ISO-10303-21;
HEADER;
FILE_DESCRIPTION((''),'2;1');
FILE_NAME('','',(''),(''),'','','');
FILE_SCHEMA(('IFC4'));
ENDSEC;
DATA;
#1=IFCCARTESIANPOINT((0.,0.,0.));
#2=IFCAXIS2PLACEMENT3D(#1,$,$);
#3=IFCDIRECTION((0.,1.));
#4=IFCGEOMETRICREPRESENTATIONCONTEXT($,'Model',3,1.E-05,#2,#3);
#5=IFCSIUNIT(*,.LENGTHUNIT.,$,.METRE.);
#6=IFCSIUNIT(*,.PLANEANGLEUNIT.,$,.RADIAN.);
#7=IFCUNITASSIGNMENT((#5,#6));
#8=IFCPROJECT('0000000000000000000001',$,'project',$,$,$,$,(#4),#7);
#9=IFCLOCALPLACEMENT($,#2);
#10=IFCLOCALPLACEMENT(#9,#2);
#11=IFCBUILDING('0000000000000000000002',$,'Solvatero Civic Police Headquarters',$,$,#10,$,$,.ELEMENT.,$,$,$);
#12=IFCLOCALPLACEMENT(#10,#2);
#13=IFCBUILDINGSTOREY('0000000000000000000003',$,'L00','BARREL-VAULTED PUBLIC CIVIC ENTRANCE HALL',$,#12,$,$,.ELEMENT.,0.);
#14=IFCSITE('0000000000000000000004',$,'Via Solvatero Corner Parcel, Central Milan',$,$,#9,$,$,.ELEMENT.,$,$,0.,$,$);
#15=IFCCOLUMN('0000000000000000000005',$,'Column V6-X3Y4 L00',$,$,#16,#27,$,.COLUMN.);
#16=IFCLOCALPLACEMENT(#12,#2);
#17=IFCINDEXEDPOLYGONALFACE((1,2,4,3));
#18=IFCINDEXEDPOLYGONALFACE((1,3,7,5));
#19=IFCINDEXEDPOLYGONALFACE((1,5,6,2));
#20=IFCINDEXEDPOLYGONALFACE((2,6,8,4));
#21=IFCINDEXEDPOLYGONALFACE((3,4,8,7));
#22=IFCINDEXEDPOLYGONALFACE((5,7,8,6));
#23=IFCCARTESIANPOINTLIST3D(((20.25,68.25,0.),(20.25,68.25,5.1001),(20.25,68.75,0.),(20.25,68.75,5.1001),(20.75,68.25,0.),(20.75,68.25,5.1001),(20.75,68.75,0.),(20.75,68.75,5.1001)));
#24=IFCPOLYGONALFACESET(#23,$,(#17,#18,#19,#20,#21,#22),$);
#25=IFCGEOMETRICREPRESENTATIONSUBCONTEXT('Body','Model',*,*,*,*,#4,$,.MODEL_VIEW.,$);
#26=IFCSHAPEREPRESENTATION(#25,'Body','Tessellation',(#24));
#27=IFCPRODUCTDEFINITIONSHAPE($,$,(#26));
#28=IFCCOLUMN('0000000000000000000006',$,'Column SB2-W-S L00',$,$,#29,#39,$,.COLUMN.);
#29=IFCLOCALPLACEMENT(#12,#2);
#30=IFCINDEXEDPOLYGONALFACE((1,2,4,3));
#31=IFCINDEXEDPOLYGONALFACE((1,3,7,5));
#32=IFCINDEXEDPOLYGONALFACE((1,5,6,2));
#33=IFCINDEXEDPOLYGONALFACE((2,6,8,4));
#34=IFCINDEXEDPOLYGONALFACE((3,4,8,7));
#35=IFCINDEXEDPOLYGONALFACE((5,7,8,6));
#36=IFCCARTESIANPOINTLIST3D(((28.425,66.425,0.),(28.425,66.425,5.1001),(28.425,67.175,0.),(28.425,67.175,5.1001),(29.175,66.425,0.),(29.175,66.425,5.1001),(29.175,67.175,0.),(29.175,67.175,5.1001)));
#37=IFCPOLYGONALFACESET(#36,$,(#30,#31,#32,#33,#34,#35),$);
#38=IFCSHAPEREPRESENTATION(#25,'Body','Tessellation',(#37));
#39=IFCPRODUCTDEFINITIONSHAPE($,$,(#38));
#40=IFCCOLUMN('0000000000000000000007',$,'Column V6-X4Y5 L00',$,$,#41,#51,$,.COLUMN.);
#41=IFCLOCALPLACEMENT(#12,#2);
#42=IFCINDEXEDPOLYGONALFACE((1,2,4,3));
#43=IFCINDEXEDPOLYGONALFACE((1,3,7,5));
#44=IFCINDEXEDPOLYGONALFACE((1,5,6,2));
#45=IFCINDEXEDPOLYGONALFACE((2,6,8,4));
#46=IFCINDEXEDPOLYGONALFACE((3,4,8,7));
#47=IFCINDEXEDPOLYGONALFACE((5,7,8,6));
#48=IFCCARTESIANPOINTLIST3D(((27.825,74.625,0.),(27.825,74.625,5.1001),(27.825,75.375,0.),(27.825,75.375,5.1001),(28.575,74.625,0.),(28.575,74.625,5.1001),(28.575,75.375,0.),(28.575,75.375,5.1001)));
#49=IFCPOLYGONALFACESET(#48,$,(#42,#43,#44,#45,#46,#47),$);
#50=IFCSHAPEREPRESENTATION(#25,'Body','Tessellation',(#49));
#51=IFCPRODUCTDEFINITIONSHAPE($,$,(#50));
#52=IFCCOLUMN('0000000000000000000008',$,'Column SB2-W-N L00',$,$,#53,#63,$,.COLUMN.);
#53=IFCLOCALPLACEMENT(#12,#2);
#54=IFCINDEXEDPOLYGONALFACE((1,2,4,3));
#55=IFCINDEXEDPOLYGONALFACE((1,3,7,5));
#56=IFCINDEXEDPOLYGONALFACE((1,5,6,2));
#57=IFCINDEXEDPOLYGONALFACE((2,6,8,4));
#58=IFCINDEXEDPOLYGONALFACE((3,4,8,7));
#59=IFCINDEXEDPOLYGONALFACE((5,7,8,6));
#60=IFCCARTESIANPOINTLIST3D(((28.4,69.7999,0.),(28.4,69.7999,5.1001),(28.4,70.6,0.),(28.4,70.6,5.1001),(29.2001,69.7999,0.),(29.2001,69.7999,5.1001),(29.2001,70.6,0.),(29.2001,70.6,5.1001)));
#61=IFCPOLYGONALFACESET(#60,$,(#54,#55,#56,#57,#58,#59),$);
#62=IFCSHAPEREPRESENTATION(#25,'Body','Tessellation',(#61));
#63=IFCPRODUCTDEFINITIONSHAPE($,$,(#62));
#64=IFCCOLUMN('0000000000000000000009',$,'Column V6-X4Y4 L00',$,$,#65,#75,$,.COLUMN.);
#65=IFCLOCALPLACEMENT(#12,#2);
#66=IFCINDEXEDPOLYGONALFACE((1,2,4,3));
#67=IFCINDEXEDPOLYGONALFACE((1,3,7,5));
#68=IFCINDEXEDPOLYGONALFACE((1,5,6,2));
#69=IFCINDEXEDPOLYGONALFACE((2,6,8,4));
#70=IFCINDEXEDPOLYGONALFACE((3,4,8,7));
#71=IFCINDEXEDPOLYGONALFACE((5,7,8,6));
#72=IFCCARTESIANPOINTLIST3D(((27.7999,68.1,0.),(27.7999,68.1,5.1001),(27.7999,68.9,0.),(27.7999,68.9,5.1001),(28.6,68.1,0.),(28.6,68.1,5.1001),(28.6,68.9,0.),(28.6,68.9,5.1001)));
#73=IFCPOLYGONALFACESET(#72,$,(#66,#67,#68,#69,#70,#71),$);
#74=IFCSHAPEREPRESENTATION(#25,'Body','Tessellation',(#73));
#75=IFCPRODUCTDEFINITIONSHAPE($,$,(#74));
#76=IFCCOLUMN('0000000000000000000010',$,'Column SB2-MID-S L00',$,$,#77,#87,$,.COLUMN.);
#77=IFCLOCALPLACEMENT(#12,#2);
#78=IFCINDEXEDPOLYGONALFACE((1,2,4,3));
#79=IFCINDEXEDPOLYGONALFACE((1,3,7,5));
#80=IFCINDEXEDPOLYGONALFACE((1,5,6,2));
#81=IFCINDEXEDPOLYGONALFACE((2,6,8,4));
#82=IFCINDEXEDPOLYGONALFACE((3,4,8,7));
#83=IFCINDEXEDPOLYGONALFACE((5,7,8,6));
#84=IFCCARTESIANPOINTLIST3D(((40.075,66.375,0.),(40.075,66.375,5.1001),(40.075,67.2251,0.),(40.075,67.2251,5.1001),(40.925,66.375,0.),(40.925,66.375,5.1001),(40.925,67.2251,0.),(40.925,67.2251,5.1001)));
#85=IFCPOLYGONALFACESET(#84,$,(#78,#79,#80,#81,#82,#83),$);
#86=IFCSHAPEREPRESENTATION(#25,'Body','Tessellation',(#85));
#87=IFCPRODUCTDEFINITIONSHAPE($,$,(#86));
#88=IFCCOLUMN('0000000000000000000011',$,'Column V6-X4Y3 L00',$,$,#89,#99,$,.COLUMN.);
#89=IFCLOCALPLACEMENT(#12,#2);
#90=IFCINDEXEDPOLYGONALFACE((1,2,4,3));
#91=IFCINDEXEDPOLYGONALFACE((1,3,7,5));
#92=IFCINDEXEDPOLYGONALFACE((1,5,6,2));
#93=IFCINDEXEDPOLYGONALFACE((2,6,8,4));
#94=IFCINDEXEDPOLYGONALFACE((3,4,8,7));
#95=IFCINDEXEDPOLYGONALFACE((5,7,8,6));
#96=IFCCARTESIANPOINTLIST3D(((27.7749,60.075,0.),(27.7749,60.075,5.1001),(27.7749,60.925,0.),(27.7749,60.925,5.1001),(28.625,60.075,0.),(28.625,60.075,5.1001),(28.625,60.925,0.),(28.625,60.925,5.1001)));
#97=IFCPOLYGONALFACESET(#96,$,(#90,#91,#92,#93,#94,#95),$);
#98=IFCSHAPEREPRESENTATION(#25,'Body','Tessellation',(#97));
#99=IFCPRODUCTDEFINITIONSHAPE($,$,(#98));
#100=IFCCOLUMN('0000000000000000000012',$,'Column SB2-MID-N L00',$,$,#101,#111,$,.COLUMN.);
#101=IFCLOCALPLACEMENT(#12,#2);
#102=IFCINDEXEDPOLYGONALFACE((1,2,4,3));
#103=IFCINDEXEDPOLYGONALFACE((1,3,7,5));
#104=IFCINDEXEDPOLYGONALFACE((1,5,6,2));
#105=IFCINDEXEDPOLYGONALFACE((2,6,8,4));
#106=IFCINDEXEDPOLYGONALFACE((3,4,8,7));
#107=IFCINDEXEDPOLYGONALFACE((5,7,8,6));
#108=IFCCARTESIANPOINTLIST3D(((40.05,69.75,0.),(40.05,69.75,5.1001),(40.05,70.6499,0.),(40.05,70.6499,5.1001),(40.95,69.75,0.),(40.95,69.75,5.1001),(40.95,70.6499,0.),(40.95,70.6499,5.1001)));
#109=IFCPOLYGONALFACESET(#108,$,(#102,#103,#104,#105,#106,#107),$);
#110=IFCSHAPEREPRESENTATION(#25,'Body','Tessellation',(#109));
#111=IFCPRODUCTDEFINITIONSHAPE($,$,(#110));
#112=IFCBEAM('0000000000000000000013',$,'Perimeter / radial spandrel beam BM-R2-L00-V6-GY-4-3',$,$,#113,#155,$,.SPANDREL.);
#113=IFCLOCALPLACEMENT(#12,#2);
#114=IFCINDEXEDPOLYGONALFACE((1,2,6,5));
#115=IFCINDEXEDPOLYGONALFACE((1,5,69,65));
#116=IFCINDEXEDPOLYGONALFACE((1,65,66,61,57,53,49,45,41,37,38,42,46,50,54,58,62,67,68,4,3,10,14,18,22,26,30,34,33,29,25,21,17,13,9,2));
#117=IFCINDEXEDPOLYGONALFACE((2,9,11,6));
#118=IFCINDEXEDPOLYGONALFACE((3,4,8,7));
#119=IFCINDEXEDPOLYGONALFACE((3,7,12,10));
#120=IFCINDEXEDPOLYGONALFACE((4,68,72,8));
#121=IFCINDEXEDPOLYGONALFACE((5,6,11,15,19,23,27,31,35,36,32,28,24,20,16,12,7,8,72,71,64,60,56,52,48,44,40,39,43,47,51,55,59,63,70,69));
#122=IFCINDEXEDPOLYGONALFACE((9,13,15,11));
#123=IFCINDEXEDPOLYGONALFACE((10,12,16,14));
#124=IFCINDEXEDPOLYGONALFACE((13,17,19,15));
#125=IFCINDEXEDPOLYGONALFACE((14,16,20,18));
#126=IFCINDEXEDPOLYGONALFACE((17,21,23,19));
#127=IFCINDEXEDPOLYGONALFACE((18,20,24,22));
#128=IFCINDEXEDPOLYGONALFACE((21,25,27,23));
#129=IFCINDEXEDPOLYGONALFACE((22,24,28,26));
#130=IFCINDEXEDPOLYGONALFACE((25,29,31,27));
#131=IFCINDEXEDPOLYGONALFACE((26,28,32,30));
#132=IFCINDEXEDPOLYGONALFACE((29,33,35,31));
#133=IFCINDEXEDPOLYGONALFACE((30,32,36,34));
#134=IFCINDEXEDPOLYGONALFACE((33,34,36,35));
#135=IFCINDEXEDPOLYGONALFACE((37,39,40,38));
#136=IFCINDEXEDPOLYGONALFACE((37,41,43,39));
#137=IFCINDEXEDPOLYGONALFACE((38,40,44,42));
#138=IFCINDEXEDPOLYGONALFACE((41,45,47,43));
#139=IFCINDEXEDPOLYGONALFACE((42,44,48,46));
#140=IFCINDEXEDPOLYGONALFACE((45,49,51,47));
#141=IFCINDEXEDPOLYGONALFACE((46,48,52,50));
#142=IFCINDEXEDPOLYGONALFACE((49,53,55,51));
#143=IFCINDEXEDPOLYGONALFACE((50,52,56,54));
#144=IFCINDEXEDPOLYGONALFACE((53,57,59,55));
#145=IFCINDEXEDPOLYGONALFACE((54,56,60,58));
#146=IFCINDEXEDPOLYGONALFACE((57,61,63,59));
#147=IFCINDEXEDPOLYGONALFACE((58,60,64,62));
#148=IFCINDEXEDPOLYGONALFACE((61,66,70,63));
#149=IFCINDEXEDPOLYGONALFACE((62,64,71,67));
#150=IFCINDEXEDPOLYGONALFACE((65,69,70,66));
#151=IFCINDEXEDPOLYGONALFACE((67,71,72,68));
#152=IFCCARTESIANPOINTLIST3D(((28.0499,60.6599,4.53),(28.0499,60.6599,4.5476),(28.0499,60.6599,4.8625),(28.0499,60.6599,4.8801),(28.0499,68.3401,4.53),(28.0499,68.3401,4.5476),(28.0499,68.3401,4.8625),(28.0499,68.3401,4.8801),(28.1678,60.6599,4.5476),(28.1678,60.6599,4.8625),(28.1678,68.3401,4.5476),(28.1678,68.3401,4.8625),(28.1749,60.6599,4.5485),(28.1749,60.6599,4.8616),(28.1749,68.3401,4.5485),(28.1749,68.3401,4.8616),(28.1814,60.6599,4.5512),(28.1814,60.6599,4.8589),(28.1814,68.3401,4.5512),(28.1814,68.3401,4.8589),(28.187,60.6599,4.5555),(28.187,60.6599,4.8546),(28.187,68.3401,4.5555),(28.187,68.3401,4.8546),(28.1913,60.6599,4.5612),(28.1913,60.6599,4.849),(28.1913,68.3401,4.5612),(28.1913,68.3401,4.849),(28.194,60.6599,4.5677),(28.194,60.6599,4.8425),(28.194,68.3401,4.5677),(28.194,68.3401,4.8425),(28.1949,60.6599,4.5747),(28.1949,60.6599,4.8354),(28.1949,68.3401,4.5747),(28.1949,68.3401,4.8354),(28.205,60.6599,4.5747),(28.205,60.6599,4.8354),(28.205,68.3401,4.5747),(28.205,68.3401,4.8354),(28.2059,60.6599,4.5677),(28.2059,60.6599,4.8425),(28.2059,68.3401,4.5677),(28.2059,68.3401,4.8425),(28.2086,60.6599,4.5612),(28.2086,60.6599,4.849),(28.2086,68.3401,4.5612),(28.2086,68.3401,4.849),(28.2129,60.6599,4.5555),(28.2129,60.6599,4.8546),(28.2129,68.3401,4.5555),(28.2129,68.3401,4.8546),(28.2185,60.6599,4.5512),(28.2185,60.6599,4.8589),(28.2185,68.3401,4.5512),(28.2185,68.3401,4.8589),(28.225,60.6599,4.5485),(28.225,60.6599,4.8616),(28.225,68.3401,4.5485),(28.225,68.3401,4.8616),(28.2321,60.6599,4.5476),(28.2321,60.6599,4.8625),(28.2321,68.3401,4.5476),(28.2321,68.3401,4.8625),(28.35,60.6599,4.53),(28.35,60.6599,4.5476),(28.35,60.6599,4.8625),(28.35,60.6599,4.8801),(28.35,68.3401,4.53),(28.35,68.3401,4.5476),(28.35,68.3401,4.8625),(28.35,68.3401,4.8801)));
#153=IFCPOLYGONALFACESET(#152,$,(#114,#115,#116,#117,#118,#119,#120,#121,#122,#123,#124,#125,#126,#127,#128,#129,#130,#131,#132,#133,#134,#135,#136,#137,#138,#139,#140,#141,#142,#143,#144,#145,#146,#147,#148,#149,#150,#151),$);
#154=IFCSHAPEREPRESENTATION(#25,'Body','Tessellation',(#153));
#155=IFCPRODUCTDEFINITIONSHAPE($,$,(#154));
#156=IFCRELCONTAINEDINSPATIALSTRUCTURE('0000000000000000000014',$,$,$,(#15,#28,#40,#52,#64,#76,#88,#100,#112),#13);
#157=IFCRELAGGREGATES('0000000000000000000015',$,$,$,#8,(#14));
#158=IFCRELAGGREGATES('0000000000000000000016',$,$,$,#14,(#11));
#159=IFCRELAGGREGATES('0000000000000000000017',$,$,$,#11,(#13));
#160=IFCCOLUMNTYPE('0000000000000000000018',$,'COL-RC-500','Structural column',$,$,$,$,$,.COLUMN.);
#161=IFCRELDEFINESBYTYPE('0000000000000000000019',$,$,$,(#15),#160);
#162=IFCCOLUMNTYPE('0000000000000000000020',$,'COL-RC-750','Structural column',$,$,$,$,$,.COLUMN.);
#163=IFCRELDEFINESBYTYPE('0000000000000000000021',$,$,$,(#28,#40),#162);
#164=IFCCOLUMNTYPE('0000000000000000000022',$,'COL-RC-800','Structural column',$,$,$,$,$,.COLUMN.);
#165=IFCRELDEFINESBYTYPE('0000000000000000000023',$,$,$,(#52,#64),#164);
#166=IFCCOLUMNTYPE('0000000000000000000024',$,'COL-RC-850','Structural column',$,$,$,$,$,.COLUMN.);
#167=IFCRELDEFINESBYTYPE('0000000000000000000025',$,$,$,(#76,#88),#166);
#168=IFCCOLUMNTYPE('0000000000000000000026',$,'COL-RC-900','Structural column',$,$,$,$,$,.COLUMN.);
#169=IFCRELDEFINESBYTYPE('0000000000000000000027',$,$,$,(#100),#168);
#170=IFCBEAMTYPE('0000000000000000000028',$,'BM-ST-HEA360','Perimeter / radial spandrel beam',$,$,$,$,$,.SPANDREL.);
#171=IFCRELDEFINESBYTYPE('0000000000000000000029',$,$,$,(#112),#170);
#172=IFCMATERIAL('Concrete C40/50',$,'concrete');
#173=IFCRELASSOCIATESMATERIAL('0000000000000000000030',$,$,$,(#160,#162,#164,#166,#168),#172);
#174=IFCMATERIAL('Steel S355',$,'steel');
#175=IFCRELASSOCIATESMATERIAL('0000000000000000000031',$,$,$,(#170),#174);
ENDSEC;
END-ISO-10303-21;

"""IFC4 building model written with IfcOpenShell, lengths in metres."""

from ifc_helpers import new_model, si_unit, direction, frame, origin, origin_2d, place, context, subcontext, project, spatial, rectangle, i_section, extrude, material, material_profile, profile_set, type_object, element, save


model = new_model("IFC4")

# Units and contexts
model_context = context("Model", 3, precision=1e-05, world=origin(), true_north=direction((0.0, 1.0)))
body_context = subcontext(model_context, "Body", "Model", "MODEL_VIEW")
ifc_project = project(units=[si_unit("LENGTHUNIT", "METRE"), si_unit("PLANEANGLEUNIT", "RADIAN")], contexts=[model_context])

# Site, building, storey
site_placement = place(None, origin())
site = spatial("IfcSite", under=ifc_project, at=site_placement, Name="Via Solvatero Corner Parcel, Central Milan", CompositionType="ELEMENT", RefElevation=0.0)
building_placement = place(site_placement, origin())
building = spatial("IfcBuilding", under=site, at=building_placement, Name="Solvatero Civic Police Headquarters", CompositionType="ELEMENT")
storey_placement = place(building_placement, origin())
storey = spatial("IfcBuildingStorey", under=building, at=storey_placement, Name="L00", Description="BARREL-VAULTED PUBLIC CIVIC ENTRANCE HALL", CompositionType="ELEMENT", Elevation=0.0)

# Columns
ifc_material_1 = material(Name="Concrete C40/50", Category="concrete")
ifc_material_profile_1 = material_profile(ifc_material_1, rectangle(XDim=0.5, YDim=0.5, at=origin_2d()), Name="RC 500x500")
ifc_profile_set_1 = profile_set([ifc_material_profile_1], Name="Concrete C40/50")
column_type_1 = type_object("IfcColumnType", Name="COL-RC-500", Description="Structural column", PredefinedType="COLUMN", material=ifc_profile_set_1)
column_1_placement = place(storey_placement, frame((20.5, 68.5, 0.0), z_axis=(0.0, 0.0, 1.0), x_axis=(1.0, 0.0, 0.0)))
element("IfcColumn", 1, at=column_1_placement, inside=storey, type_object=column_type_1, Name="Column V6-X3Y4 L00", PredefinedType="COLUMN", context=body_context, shape_type="SweptSolid", body=[
    extrude(rectangle(XDim=0.5, YDim=0.5, at=origin_2d()), origin(), (0.0, 0.0, 1.0), 5.1001),
])
ifc_material_profile_2 = material_profile(ifc_material_1, rectangle(XDim=0.75, YDim=0.75, at=origin_2d()), Name="RC 750x750")
ifc_profile_set_2 = profile_set([ifc_material_profile_2], Name="Concrete C40/50")
column_type_2 = type_object("IfcColumnType", Name="COL-RC-750", Description="Structural column", PredefinedType="COLUMN", material=ifc_profile_set_2)
for number, where, z_axis, x_axis, name in (
    (2, (28.8, 66.8, 0.0), (0.0, 0.0, 1.0), (1.0, 0.0, 0.0), "Column SB2-W-S L00"),
    (3, (28.2, 75.0, 0.0), (0.0, 0.0, 1.0), (1.0, 0.0, 0.0), "Column V6-X4Y5 L00"),
):
    element("IfcColumn", number, at=place(storey_placement, frame(where, z_axis=z_axis, x_axis=x_axis)), inside=storey, type_object=column_type_2, Name=name, PredefinedType="COLUMN", context=body_context, shape_type="SweptSolid", body=[
        extrude(rectangle(XDim=0.75, YDim=0.75, at=origin_2d()), origin(), (0.0, 0.0, 1.0), 5.1001),
    ])
ifc_material_profile_3 = material_profile(ifc_material_1, rectangle(XDim=0.8, YDim=0.8, at=origin_2d()), Name="RC 800x800")
ifc_profile_set_3 = profile_set([ifc_material_profile_3], Name="Concrete C40/50")
column_type_3 = type_object("IfcColumnType", Name="COL-RC-800", Description="Structural column", PredefinedType="COLUMN", material=ifc_profile_set_3)
for number, where, z_axis, x_axis, name in (
    (4, (28.8, 70.2, 0.0), (0.0, 0.0, 1.0), (1.0, 0.0, 0.0), "Column SB2-W-N L00"),
    (5, (28.2, 68.5, 0.0), (0.0, 0.0, 1.0), (1.0, 0.0, 0.0), "Column V6-X4Y4 L00"),
):
    element("IfcColumn", number, at=place(storey_placement, frame(where, z_axis=z_axis, x_axis=x_axis)), inside=storey, type_object=column_type_3, Name=name, PredefinedType="COLUMN", context=body_context, shape_type="SweptSolid", body=[
        extrude(rectangle(XDim=0.8, YDim=0.8, at=origin_2d()), origin(), (0.0, 0.0, 1.0), 5.1001),
    ])
ifc_material_profile_4 = material_profile(ifc_material_1, rectangle(XDim=0.8501, YDim=0.8501, at=origin_2d()), Name="RC 850x850")
ifc_profile_set_4 = profile_set([ifc_material_profile_4], Name="Concrete C40/50")
column_type_4 = type_object("IfcColumnType", Name="COL-RC-850", Description="Structural column", PredefinedType="COLUMN", material=ifc_profile_set_4)
for number, where, z_axis, x_axis, name in (
    (6, (40.5, 66.8, 0.0), (0.0, 0.0, 1.0), (1.0, 0.0, 0.0), "Column SB2-MID-S L00"),
    (7, (28.2, 60.5, 0.0), (0.0, 0.0, 1.0), (1.0, 0.0, 0.0), "Column V6-X4Y3 L00"),
):
    element("IfcColumn", number, at=place(storey_placement, frame(where, z_axis=z_axis, x_axis=x_axis)), inside=storey, type_object=column_type_4, Name=name, PredefinedType="COLUMN", context=body_context, shape_type="SweptSolid", body=[
        extrude(rectangle(XDim=0.8501, YDim=0.8501, at=origin_2d()), origin(), (0.0, 0.0, 1.0), 5.1001),
    ])
ifc_material_profile_5 = material_profile(ifc_material_1, rectangle(XDim=0.8999, YDim=0.8999, at=origin_2d()), Name="RC 900x900")
ifc_profile_set_5 = profile_set([ifc_material_profile_5], Name="Concrete C40/50")
column_type_5 = type_object("IfcColumnType", Name="COL-RC-900", Description="Structural column", PredefinedType="COLUMN", material=ifc_profile_set_5)
column_2_placement = place(storey_placement, frame((40.5, 70.2, 0.0), z_axis=(0.0, 0.0, 1.0), x_axis=(1.0, 0.0, 0.0)))
element("IfcColumn", 8, at=column_2_placement, inside=storey, type_object=column_type_5, Name="Column SB2-MID-N L00", PredefinedType="COLUMN", context=body_context, shape_type="SweptSolid", body=[
    extrude(rectangle(XDim=0.8999, YDim=0.8999, at=origin_2d()), origin(), (0.0, 0.0, 1.0), 5.1001),
])

# Beam
ifc_material_2 = material(Name="Steel S355", Category="steel")
ifc_material_profile_6 = material_profile(ifc_material_2, i_section(OverallWidth=0.3, OverallDepth=0.3501, WebThickness=0.01, FlangeThickness=0.0176, FilletRadius=0.0271, at=origin_2d()), Name="HEA 360")
ifc_profile_set_6 = profile_set([ifc_material_profile_6], Name="Steel S355")
beam_type_1 = type_object("IfcBeamType", Name="BM-ST-HEA360", Description="Perimeter / radial spandrel beam", PredefinedType="SPANDREL", material=ifc_profile_set_6)
beam_1_placement = place(storey_placement, frame((28.2, 60.6599, 4.7051), z_axis=(0.0, 1.0, 0.0), x_axis=(-1.0, 0.0, 0.0)))
element("IfcBeam", 9, at=beam_1_placement, inside=storey, type_object=beam_type_1, Name="Perimeter / radial spandrel beam BM-R2-L00-V6-GY-4-3", PredefinedType="SPANDREL", context=body_context, shape_type="SweptSolid", body=[
    extrude(i_section(OverallWidth=0.3, OverallDepth=0.3501, WebThickness=0.01, FlangeThickness=0.0176, FilletRadius=0.0271, at=origin_2d()), origin(), (0.0, 0.0, 1.0), 7.6802),
])

save(model, "model.ifc")
